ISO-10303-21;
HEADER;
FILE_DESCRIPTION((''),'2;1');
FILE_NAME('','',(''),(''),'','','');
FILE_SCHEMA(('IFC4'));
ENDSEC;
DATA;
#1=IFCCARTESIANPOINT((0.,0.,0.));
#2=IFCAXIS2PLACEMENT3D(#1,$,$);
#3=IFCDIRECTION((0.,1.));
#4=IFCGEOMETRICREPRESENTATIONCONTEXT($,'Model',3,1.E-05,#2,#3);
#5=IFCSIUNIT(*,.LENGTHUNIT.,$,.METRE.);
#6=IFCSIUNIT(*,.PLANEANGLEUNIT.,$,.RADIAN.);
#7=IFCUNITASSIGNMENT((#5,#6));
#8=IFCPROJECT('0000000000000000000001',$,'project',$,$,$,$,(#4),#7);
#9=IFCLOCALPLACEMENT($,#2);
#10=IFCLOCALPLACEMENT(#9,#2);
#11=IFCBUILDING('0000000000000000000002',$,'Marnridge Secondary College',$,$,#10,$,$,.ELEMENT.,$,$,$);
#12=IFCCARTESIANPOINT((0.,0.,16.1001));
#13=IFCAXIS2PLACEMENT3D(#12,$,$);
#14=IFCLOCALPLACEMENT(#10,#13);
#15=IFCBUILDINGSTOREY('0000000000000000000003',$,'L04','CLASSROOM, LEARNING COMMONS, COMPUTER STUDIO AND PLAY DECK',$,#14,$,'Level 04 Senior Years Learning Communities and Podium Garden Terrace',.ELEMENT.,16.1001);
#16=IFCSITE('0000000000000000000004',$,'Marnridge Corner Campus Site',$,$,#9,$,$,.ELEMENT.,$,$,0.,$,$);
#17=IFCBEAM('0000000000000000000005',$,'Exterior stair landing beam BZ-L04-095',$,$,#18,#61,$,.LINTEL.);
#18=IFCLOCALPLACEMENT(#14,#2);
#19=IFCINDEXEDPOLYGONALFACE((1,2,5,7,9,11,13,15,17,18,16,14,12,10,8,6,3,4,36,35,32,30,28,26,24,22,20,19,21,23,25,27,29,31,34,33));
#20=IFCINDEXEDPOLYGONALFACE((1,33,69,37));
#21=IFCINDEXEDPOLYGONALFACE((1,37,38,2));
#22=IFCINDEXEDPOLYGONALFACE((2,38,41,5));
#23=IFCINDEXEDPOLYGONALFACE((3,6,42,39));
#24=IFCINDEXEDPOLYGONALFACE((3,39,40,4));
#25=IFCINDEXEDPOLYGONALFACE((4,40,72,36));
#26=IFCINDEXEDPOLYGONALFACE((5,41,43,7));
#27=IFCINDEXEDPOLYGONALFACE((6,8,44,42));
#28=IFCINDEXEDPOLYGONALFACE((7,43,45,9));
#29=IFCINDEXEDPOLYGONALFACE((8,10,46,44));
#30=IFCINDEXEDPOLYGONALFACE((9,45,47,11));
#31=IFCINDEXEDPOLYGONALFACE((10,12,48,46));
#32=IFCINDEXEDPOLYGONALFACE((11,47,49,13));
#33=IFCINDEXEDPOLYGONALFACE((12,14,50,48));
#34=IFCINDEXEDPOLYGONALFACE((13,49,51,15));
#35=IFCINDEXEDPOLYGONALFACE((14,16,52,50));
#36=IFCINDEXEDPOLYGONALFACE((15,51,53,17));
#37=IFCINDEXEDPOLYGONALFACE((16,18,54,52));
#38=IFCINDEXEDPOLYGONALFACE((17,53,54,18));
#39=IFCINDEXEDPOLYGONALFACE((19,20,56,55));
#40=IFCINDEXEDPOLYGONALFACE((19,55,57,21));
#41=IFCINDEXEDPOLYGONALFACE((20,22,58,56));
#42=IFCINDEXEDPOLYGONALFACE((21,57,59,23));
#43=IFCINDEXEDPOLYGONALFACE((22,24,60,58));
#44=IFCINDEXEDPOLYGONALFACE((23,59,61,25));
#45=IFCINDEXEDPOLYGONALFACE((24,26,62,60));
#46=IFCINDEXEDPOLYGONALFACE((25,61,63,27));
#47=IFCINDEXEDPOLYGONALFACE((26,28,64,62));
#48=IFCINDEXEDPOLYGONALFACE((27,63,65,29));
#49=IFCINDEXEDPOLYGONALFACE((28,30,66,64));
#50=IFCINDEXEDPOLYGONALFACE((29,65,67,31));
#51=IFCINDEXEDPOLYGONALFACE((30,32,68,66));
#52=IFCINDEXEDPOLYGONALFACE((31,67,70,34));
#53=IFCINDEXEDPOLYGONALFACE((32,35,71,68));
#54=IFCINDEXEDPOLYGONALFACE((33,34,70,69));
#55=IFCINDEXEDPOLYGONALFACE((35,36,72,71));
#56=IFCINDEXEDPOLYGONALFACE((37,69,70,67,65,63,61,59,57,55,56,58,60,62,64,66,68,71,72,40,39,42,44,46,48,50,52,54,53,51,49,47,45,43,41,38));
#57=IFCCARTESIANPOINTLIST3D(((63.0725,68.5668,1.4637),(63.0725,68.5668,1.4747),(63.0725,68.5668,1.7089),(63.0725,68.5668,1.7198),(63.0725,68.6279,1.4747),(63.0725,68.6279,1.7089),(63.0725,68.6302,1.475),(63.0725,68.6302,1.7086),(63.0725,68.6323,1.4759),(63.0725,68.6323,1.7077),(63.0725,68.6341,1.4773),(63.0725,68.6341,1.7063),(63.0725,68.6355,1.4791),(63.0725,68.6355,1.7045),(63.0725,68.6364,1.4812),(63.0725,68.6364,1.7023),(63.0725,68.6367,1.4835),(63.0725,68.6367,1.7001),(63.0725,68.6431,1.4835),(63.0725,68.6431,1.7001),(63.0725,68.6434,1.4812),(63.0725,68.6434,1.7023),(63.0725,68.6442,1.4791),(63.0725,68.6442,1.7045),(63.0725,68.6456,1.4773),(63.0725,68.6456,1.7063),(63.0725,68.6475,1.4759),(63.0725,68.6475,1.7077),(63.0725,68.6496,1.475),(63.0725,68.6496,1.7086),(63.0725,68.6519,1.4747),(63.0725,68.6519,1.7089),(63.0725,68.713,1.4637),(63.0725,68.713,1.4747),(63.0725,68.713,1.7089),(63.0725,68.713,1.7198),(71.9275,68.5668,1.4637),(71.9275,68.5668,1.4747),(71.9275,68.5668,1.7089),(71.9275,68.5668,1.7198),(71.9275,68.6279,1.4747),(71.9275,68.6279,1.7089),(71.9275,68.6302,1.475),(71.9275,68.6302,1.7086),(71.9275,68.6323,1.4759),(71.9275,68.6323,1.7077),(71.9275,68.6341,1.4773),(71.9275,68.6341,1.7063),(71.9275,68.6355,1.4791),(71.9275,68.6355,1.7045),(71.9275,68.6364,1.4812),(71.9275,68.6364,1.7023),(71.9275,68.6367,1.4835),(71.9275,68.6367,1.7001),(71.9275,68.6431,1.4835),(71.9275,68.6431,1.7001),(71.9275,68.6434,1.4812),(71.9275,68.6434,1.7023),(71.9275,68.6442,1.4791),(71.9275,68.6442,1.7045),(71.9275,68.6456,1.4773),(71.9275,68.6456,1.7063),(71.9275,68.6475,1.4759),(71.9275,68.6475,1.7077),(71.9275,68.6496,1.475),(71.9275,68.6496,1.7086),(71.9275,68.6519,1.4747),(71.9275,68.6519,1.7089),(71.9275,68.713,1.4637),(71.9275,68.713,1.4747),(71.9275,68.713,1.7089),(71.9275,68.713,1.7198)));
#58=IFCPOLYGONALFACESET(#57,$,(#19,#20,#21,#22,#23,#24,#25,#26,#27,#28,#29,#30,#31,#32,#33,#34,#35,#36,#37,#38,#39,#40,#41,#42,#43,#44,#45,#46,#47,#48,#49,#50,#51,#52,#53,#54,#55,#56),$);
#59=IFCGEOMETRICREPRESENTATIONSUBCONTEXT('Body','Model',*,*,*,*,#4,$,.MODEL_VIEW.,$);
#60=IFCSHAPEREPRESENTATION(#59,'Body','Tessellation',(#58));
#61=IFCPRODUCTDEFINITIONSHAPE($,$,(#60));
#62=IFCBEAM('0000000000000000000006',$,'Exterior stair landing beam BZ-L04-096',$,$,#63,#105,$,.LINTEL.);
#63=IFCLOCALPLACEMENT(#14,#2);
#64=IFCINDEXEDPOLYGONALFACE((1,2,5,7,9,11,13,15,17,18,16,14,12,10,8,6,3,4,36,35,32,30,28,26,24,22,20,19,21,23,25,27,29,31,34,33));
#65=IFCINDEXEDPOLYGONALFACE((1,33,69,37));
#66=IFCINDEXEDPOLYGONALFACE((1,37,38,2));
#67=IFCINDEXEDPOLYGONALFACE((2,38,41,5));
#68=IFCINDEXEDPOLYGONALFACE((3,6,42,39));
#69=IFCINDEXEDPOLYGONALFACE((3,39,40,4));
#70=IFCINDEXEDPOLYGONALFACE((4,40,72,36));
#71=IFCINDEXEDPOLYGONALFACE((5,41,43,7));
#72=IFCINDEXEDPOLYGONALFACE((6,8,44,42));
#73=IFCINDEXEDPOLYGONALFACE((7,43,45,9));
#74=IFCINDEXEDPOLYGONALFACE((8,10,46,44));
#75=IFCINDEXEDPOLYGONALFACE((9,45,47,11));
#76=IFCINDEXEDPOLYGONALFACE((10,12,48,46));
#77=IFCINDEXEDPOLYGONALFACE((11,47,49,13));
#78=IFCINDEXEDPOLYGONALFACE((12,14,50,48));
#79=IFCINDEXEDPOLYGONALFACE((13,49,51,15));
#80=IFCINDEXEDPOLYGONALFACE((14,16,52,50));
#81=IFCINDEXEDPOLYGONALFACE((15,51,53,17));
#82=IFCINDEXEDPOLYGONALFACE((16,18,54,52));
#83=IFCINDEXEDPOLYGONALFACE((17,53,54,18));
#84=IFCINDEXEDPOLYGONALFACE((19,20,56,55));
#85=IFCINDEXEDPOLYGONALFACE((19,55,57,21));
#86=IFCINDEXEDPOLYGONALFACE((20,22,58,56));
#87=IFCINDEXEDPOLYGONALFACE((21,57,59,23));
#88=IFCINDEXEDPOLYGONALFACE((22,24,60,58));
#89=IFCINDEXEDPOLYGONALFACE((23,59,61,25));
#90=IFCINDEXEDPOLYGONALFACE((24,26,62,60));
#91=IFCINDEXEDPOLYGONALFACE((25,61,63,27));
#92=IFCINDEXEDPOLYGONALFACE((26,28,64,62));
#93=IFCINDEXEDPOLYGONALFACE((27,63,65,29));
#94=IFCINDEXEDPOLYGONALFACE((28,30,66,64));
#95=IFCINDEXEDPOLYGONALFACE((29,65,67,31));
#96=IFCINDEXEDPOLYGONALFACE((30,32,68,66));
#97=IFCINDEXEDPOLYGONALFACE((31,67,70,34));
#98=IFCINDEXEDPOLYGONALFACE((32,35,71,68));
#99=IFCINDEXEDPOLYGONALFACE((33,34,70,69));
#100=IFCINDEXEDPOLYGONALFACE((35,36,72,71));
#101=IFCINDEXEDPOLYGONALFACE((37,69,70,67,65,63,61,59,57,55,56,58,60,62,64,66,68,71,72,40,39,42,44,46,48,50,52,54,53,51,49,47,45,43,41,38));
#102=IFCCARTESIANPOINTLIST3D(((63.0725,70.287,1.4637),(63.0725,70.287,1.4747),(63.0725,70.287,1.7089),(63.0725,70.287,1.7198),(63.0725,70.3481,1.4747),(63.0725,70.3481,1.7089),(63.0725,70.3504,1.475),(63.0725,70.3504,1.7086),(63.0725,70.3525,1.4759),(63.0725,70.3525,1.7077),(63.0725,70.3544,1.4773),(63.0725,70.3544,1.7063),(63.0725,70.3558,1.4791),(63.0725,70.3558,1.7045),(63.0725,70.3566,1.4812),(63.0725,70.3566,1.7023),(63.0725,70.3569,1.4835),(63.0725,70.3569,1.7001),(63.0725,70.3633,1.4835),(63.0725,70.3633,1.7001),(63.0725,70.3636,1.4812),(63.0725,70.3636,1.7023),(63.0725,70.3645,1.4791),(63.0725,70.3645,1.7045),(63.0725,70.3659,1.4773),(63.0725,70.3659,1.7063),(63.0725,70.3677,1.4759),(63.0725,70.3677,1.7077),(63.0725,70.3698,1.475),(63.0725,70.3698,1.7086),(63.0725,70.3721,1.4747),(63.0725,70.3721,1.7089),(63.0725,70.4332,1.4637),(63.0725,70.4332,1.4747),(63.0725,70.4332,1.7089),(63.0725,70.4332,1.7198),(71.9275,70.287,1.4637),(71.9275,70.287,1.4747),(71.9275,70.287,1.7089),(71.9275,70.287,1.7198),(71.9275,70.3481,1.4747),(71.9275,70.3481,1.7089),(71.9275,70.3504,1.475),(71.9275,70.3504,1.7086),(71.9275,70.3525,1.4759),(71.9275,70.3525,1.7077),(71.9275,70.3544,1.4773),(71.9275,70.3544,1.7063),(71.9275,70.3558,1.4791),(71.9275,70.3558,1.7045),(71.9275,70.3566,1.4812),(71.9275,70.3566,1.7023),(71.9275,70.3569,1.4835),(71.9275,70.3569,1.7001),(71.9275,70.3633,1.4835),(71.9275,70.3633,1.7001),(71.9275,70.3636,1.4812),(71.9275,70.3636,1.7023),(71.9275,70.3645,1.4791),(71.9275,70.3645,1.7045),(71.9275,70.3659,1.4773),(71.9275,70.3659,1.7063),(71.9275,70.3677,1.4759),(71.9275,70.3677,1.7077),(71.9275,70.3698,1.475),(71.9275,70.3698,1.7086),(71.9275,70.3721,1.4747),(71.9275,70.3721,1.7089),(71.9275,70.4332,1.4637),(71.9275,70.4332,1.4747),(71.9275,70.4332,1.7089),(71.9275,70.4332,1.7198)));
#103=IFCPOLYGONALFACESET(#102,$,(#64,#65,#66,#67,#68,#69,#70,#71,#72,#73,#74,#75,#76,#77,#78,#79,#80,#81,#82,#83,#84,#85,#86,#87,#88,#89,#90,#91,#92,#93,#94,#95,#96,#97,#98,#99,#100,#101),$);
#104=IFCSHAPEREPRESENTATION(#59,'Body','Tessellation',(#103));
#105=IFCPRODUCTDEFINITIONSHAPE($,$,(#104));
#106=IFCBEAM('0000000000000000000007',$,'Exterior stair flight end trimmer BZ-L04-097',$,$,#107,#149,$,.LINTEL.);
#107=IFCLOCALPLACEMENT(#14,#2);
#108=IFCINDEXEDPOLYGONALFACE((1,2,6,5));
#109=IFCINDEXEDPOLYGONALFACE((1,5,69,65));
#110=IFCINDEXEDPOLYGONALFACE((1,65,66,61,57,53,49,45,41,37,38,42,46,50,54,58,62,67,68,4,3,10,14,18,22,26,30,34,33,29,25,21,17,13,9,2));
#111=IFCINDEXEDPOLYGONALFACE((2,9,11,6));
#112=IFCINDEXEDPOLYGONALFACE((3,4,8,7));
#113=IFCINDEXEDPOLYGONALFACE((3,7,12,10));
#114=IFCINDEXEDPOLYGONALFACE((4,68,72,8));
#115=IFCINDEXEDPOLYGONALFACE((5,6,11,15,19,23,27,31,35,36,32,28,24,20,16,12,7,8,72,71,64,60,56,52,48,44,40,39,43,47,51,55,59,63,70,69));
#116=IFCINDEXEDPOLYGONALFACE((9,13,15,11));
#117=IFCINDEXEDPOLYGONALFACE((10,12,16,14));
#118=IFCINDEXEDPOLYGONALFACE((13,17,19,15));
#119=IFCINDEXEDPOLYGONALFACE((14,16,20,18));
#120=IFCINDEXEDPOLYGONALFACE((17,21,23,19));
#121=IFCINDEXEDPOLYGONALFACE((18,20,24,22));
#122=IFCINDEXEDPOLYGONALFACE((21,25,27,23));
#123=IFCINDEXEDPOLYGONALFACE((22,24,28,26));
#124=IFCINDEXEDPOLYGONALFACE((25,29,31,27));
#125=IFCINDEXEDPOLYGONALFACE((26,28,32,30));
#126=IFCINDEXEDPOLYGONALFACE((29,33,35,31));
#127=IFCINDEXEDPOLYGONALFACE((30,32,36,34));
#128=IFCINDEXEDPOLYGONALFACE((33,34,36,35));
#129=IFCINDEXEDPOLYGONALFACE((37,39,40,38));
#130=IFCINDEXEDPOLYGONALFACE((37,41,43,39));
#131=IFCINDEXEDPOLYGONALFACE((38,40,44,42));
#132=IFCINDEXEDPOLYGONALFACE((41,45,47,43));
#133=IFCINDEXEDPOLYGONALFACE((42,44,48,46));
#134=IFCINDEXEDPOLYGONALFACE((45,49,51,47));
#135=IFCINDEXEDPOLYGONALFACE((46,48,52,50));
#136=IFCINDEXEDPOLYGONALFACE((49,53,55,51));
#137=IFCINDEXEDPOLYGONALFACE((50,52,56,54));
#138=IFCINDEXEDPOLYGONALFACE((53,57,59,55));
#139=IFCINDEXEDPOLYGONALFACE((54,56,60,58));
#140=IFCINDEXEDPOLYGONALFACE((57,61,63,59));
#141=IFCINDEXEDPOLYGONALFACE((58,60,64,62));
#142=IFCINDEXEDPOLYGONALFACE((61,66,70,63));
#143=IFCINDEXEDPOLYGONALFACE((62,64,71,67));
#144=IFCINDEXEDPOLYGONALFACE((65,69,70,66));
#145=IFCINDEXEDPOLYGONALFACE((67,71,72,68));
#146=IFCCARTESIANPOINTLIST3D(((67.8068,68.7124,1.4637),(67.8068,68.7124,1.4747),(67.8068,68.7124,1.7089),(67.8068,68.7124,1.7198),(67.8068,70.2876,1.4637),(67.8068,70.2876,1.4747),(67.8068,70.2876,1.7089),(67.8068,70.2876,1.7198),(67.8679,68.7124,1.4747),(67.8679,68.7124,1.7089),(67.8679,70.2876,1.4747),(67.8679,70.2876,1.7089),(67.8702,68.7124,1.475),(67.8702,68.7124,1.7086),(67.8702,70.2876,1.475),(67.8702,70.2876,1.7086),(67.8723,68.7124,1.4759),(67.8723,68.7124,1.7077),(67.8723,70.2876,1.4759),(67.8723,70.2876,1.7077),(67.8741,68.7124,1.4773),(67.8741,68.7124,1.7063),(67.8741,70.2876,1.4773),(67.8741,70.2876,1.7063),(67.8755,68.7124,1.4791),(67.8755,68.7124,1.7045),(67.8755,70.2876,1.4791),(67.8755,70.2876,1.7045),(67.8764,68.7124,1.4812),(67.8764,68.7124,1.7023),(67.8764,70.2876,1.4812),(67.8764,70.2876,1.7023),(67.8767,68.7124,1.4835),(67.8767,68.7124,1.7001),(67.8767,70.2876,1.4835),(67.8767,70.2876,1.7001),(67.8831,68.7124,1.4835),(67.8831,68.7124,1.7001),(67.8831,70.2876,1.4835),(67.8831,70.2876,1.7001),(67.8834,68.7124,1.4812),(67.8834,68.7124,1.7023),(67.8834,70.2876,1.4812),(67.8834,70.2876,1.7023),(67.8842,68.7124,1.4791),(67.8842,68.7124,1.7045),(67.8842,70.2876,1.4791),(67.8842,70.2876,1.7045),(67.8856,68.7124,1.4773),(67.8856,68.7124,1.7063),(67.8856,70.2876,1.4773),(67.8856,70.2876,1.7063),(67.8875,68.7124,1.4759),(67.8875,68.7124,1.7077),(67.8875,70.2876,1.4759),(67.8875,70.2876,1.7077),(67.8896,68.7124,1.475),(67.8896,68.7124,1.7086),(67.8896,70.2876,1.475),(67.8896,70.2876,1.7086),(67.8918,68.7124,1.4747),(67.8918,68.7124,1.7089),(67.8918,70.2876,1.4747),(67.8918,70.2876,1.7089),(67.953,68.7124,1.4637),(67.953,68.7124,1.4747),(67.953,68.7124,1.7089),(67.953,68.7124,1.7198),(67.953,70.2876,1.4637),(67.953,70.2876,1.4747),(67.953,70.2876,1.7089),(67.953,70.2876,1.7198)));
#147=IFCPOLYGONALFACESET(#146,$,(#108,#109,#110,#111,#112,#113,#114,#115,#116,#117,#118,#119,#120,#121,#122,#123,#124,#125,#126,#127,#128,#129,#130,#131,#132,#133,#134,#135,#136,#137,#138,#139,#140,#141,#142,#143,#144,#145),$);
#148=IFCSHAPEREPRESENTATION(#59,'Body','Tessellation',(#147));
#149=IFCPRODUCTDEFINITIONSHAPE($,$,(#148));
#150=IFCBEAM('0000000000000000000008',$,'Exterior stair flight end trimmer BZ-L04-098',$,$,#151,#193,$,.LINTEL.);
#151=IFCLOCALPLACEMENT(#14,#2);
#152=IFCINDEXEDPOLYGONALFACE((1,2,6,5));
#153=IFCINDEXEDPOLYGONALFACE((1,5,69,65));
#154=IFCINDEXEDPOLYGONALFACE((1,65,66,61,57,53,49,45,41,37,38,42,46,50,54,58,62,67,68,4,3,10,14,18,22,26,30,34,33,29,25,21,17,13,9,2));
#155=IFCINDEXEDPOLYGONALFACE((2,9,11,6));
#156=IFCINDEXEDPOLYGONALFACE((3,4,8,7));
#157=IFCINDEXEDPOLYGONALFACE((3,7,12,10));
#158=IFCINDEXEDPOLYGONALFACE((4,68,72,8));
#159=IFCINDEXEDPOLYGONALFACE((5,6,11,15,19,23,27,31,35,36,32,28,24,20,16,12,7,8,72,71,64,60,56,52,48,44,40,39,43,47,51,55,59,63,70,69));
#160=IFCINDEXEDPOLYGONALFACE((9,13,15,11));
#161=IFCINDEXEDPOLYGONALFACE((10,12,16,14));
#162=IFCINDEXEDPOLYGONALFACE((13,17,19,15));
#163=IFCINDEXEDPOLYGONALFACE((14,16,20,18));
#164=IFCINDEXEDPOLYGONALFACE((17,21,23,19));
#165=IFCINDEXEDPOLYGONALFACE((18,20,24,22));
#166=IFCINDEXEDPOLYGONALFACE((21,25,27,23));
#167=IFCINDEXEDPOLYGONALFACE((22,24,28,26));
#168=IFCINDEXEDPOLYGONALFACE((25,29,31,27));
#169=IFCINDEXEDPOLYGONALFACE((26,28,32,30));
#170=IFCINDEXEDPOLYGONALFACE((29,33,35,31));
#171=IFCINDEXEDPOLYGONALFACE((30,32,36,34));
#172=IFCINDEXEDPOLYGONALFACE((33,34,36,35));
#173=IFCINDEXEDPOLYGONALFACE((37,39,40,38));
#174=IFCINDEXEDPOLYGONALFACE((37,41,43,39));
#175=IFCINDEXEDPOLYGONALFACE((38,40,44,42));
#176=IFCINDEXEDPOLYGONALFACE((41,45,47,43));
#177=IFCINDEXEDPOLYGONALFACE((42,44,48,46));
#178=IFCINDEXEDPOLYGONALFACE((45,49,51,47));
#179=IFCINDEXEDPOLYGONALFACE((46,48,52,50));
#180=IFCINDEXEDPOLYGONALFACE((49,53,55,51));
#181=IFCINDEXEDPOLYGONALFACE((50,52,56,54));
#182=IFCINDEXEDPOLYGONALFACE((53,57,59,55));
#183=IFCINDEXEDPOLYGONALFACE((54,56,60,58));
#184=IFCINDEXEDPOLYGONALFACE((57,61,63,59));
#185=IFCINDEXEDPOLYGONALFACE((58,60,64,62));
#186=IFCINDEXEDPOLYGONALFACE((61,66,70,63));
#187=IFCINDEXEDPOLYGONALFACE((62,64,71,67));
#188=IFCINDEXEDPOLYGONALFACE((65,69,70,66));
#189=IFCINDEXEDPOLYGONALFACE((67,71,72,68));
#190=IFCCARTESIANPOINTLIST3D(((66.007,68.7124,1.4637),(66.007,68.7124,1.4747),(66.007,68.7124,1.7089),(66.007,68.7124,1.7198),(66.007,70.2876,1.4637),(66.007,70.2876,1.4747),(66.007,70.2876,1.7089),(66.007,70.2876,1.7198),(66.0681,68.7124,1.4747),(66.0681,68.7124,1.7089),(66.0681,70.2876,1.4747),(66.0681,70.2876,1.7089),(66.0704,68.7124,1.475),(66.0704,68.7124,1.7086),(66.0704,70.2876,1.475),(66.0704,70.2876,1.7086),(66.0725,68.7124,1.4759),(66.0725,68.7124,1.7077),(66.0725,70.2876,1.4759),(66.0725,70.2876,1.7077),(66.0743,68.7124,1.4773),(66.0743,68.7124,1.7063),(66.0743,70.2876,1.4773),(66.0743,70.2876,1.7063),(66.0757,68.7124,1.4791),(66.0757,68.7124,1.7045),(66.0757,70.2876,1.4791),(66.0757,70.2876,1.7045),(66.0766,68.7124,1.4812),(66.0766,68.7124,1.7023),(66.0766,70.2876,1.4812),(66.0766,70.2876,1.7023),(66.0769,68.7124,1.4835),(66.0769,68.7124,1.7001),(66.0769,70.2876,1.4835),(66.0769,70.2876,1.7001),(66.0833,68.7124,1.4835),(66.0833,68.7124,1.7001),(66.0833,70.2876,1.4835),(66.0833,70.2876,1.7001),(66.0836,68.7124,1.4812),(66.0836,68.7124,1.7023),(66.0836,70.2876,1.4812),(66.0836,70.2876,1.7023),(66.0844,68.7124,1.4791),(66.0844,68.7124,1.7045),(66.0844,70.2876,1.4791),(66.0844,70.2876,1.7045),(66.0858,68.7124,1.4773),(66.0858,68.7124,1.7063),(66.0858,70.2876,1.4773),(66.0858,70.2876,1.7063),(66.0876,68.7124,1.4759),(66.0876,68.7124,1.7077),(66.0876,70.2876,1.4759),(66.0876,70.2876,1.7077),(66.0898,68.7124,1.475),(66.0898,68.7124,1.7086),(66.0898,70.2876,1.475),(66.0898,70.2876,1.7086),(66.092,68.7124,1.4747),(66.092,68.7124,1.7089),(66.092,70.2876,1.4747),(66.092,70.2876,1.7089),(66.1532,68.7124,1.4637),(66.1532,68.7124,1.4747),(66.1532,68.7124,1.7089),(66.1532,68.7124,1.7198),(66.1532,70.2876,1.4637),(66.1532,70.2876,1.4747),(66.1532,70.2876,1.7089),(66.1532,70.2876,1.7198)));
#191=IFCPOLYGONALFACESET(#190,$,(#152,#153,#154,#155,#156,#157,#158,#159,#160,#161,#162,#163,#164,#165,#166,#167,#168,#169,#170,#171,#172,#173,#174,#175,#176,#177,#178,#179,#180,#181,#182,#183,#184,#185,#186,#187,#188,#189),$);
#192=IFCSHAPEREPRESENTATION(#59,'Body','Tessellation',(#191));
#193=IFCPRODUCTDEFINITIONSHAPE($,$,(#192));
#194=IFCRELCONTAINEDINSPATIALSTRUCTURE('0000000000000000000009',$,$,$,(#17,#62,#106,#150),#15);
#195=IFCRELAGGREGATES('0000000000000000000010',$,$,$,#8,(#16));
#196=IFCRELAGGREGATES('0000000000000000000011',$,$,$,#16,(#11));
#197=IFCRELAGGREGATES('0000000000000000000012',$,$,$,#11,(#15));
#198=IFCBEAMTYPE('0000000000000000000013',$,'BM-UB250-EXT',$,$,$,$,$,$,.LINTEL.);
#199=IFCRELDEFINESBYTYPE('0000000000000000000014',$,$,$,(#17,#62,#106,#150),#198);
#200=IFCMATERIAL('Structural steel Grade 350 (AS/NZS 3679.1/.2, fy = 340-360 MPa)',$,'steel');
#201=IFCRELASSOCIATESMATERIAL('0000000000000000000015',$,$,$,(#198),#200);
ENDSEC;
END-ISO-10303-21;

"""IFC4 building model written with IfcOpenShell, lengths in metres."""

from ifc_helpers import new_model, si_unit, direction, frame, origin, origin_2d, place, context, subcontext, project, spatial, i_section, extrude, material, material_profile, profile_set, type_object, element, save


model = new_model("IFC4")

# Units and contexts
model_context = context("Model", 3, precision=1e-05, world=origin(), true_north=direction((0.0, 1.0)))
body_context = subcontext(model_context, "Body", "Model", "MODEL_VIEW")
ifc_project = project(units=[si_unit("LENGTHUNIT", "METRE"), si_unit("PLANEANGLEUNIT", "RADIAN")], contexts=[model_context])

# Site, building, storey
site_placement = place(None, origin())
site = spatial("IfcSite", under=ifc_project, at=site_placement, Name="Marnridge Corner Campus Site", CompositionType="ELEMENT", RefElevation=0.0)
building_placement = place(site_placement, origin())
building = spatial("IfcBuilding", under=site, at=building_placement, Name="Marnridge Secondary College", CompositionType="ELEMENT")
storey_placement = place(building_placement, frame((0.0, 0.0, 16.1001)))
storey = spatial("IfcBuildingStorey", under=building, at=storey_placement, Name="L04", Description="CLASSROOM, LEARNING COMMONS, COMPUTER STUDIO AND PLAY DECK", LongName="Level 04 Senior Years Learning Communities and Podium Garden Terrace", CompositionType="ELEMENT", Elevation=16.1001)

# Beams
ifc_material_1 = material(Name="Structural steel Grade 350 (AS/NZS 3679.1/.2, fy = 340-360 MPa)", Category="steel")
ifc_material_profile_1 = material_profile(ifc_material_1, i_section(OverallWidth=0.1462, OverallDepth=0.2561, WebThickness=0.0063, FlangeThickness=0.011, FilletRadius=0.0088, at=origin_2d()), Name="250UB37.3")
ifc_profile_set_1 = profile_set([ifc_material_profile_1], Name="Structural steel Grade 350 (AS/NZS 3679.1/.2, fy = 340-360 MPa)")
beam_type_1 = type_object("IfcBeamType", Name="BM-UB250-EXT", PredefinedType="LINTEL", material=ifc_profile_set_1)
for number, where, z_axis, x_axis, name in (
    (1, (63.0725, 68.6399, 1.5918), (1.0, 0.0, 0.0), (0.0, 1.0, 0.0), "Exterior stair landing beam BZ-L04-095"),
    (2, (63.0725, 70.3601, 1.5918), (1.0, 0.0, 0.0), (0.0, 1.0, 0.0), "Exterior stair landing beam BZ-L04-096"),
):
    element("IfcBeam", number, at=place(storey_placement, frame(where, z_axis=z_axis, x_axis=x_axis)), inside=storey, type_object=beam_type_1, Name=name, PredefinedType="LINTEL", context=body_context, shape_type="SweptSolid", body=[
        extrude(i_section(OverallWidth=0.1462, OverallDepth=0.2561, WebThickness=0.0063, FlangeThickness=0.011, FilletRadius=0.0088, at=origin_2d()), origin(), (0.0, 0.0, 1.0), 8.855),
    ])
for number, where, z_axis, x_axis, name in (
    (3, (67.8799, 68.7124, 1.5918), (0.0, 1.0, 0.0), (-1.0, 0.0, 0.0), "Exterior stair flight end trimmer BZ-L04-097"),
    (4, (66.0801, 68.7124, 1.5918), (0.0, 1.0, 0.0), (-1.0, 0.0, 0.0), "Exterior stair flight end trimmer BZ-L04-098"),
):
    element("IfcBeam", number, at=place(storey_placement, frame(where, z_axis=z_axis, x_axis=x_axis)), inside=storey, type_object=beam_type_1, Name=name, PredefinedType="LINTEL", context=body_context, shape_type="SweptSolid", body=[
        extrude(i_section(OverallWidth=0.1462, OverallDepth=0.2561, WebThickness=0.0063, FlangeThickness=0.011, FilletRadius=0.0088, at=origin_2d()), origin(), (0.0, 0.0, 1.0), 1.5752),
    ])

save(model, "model.ifc")
